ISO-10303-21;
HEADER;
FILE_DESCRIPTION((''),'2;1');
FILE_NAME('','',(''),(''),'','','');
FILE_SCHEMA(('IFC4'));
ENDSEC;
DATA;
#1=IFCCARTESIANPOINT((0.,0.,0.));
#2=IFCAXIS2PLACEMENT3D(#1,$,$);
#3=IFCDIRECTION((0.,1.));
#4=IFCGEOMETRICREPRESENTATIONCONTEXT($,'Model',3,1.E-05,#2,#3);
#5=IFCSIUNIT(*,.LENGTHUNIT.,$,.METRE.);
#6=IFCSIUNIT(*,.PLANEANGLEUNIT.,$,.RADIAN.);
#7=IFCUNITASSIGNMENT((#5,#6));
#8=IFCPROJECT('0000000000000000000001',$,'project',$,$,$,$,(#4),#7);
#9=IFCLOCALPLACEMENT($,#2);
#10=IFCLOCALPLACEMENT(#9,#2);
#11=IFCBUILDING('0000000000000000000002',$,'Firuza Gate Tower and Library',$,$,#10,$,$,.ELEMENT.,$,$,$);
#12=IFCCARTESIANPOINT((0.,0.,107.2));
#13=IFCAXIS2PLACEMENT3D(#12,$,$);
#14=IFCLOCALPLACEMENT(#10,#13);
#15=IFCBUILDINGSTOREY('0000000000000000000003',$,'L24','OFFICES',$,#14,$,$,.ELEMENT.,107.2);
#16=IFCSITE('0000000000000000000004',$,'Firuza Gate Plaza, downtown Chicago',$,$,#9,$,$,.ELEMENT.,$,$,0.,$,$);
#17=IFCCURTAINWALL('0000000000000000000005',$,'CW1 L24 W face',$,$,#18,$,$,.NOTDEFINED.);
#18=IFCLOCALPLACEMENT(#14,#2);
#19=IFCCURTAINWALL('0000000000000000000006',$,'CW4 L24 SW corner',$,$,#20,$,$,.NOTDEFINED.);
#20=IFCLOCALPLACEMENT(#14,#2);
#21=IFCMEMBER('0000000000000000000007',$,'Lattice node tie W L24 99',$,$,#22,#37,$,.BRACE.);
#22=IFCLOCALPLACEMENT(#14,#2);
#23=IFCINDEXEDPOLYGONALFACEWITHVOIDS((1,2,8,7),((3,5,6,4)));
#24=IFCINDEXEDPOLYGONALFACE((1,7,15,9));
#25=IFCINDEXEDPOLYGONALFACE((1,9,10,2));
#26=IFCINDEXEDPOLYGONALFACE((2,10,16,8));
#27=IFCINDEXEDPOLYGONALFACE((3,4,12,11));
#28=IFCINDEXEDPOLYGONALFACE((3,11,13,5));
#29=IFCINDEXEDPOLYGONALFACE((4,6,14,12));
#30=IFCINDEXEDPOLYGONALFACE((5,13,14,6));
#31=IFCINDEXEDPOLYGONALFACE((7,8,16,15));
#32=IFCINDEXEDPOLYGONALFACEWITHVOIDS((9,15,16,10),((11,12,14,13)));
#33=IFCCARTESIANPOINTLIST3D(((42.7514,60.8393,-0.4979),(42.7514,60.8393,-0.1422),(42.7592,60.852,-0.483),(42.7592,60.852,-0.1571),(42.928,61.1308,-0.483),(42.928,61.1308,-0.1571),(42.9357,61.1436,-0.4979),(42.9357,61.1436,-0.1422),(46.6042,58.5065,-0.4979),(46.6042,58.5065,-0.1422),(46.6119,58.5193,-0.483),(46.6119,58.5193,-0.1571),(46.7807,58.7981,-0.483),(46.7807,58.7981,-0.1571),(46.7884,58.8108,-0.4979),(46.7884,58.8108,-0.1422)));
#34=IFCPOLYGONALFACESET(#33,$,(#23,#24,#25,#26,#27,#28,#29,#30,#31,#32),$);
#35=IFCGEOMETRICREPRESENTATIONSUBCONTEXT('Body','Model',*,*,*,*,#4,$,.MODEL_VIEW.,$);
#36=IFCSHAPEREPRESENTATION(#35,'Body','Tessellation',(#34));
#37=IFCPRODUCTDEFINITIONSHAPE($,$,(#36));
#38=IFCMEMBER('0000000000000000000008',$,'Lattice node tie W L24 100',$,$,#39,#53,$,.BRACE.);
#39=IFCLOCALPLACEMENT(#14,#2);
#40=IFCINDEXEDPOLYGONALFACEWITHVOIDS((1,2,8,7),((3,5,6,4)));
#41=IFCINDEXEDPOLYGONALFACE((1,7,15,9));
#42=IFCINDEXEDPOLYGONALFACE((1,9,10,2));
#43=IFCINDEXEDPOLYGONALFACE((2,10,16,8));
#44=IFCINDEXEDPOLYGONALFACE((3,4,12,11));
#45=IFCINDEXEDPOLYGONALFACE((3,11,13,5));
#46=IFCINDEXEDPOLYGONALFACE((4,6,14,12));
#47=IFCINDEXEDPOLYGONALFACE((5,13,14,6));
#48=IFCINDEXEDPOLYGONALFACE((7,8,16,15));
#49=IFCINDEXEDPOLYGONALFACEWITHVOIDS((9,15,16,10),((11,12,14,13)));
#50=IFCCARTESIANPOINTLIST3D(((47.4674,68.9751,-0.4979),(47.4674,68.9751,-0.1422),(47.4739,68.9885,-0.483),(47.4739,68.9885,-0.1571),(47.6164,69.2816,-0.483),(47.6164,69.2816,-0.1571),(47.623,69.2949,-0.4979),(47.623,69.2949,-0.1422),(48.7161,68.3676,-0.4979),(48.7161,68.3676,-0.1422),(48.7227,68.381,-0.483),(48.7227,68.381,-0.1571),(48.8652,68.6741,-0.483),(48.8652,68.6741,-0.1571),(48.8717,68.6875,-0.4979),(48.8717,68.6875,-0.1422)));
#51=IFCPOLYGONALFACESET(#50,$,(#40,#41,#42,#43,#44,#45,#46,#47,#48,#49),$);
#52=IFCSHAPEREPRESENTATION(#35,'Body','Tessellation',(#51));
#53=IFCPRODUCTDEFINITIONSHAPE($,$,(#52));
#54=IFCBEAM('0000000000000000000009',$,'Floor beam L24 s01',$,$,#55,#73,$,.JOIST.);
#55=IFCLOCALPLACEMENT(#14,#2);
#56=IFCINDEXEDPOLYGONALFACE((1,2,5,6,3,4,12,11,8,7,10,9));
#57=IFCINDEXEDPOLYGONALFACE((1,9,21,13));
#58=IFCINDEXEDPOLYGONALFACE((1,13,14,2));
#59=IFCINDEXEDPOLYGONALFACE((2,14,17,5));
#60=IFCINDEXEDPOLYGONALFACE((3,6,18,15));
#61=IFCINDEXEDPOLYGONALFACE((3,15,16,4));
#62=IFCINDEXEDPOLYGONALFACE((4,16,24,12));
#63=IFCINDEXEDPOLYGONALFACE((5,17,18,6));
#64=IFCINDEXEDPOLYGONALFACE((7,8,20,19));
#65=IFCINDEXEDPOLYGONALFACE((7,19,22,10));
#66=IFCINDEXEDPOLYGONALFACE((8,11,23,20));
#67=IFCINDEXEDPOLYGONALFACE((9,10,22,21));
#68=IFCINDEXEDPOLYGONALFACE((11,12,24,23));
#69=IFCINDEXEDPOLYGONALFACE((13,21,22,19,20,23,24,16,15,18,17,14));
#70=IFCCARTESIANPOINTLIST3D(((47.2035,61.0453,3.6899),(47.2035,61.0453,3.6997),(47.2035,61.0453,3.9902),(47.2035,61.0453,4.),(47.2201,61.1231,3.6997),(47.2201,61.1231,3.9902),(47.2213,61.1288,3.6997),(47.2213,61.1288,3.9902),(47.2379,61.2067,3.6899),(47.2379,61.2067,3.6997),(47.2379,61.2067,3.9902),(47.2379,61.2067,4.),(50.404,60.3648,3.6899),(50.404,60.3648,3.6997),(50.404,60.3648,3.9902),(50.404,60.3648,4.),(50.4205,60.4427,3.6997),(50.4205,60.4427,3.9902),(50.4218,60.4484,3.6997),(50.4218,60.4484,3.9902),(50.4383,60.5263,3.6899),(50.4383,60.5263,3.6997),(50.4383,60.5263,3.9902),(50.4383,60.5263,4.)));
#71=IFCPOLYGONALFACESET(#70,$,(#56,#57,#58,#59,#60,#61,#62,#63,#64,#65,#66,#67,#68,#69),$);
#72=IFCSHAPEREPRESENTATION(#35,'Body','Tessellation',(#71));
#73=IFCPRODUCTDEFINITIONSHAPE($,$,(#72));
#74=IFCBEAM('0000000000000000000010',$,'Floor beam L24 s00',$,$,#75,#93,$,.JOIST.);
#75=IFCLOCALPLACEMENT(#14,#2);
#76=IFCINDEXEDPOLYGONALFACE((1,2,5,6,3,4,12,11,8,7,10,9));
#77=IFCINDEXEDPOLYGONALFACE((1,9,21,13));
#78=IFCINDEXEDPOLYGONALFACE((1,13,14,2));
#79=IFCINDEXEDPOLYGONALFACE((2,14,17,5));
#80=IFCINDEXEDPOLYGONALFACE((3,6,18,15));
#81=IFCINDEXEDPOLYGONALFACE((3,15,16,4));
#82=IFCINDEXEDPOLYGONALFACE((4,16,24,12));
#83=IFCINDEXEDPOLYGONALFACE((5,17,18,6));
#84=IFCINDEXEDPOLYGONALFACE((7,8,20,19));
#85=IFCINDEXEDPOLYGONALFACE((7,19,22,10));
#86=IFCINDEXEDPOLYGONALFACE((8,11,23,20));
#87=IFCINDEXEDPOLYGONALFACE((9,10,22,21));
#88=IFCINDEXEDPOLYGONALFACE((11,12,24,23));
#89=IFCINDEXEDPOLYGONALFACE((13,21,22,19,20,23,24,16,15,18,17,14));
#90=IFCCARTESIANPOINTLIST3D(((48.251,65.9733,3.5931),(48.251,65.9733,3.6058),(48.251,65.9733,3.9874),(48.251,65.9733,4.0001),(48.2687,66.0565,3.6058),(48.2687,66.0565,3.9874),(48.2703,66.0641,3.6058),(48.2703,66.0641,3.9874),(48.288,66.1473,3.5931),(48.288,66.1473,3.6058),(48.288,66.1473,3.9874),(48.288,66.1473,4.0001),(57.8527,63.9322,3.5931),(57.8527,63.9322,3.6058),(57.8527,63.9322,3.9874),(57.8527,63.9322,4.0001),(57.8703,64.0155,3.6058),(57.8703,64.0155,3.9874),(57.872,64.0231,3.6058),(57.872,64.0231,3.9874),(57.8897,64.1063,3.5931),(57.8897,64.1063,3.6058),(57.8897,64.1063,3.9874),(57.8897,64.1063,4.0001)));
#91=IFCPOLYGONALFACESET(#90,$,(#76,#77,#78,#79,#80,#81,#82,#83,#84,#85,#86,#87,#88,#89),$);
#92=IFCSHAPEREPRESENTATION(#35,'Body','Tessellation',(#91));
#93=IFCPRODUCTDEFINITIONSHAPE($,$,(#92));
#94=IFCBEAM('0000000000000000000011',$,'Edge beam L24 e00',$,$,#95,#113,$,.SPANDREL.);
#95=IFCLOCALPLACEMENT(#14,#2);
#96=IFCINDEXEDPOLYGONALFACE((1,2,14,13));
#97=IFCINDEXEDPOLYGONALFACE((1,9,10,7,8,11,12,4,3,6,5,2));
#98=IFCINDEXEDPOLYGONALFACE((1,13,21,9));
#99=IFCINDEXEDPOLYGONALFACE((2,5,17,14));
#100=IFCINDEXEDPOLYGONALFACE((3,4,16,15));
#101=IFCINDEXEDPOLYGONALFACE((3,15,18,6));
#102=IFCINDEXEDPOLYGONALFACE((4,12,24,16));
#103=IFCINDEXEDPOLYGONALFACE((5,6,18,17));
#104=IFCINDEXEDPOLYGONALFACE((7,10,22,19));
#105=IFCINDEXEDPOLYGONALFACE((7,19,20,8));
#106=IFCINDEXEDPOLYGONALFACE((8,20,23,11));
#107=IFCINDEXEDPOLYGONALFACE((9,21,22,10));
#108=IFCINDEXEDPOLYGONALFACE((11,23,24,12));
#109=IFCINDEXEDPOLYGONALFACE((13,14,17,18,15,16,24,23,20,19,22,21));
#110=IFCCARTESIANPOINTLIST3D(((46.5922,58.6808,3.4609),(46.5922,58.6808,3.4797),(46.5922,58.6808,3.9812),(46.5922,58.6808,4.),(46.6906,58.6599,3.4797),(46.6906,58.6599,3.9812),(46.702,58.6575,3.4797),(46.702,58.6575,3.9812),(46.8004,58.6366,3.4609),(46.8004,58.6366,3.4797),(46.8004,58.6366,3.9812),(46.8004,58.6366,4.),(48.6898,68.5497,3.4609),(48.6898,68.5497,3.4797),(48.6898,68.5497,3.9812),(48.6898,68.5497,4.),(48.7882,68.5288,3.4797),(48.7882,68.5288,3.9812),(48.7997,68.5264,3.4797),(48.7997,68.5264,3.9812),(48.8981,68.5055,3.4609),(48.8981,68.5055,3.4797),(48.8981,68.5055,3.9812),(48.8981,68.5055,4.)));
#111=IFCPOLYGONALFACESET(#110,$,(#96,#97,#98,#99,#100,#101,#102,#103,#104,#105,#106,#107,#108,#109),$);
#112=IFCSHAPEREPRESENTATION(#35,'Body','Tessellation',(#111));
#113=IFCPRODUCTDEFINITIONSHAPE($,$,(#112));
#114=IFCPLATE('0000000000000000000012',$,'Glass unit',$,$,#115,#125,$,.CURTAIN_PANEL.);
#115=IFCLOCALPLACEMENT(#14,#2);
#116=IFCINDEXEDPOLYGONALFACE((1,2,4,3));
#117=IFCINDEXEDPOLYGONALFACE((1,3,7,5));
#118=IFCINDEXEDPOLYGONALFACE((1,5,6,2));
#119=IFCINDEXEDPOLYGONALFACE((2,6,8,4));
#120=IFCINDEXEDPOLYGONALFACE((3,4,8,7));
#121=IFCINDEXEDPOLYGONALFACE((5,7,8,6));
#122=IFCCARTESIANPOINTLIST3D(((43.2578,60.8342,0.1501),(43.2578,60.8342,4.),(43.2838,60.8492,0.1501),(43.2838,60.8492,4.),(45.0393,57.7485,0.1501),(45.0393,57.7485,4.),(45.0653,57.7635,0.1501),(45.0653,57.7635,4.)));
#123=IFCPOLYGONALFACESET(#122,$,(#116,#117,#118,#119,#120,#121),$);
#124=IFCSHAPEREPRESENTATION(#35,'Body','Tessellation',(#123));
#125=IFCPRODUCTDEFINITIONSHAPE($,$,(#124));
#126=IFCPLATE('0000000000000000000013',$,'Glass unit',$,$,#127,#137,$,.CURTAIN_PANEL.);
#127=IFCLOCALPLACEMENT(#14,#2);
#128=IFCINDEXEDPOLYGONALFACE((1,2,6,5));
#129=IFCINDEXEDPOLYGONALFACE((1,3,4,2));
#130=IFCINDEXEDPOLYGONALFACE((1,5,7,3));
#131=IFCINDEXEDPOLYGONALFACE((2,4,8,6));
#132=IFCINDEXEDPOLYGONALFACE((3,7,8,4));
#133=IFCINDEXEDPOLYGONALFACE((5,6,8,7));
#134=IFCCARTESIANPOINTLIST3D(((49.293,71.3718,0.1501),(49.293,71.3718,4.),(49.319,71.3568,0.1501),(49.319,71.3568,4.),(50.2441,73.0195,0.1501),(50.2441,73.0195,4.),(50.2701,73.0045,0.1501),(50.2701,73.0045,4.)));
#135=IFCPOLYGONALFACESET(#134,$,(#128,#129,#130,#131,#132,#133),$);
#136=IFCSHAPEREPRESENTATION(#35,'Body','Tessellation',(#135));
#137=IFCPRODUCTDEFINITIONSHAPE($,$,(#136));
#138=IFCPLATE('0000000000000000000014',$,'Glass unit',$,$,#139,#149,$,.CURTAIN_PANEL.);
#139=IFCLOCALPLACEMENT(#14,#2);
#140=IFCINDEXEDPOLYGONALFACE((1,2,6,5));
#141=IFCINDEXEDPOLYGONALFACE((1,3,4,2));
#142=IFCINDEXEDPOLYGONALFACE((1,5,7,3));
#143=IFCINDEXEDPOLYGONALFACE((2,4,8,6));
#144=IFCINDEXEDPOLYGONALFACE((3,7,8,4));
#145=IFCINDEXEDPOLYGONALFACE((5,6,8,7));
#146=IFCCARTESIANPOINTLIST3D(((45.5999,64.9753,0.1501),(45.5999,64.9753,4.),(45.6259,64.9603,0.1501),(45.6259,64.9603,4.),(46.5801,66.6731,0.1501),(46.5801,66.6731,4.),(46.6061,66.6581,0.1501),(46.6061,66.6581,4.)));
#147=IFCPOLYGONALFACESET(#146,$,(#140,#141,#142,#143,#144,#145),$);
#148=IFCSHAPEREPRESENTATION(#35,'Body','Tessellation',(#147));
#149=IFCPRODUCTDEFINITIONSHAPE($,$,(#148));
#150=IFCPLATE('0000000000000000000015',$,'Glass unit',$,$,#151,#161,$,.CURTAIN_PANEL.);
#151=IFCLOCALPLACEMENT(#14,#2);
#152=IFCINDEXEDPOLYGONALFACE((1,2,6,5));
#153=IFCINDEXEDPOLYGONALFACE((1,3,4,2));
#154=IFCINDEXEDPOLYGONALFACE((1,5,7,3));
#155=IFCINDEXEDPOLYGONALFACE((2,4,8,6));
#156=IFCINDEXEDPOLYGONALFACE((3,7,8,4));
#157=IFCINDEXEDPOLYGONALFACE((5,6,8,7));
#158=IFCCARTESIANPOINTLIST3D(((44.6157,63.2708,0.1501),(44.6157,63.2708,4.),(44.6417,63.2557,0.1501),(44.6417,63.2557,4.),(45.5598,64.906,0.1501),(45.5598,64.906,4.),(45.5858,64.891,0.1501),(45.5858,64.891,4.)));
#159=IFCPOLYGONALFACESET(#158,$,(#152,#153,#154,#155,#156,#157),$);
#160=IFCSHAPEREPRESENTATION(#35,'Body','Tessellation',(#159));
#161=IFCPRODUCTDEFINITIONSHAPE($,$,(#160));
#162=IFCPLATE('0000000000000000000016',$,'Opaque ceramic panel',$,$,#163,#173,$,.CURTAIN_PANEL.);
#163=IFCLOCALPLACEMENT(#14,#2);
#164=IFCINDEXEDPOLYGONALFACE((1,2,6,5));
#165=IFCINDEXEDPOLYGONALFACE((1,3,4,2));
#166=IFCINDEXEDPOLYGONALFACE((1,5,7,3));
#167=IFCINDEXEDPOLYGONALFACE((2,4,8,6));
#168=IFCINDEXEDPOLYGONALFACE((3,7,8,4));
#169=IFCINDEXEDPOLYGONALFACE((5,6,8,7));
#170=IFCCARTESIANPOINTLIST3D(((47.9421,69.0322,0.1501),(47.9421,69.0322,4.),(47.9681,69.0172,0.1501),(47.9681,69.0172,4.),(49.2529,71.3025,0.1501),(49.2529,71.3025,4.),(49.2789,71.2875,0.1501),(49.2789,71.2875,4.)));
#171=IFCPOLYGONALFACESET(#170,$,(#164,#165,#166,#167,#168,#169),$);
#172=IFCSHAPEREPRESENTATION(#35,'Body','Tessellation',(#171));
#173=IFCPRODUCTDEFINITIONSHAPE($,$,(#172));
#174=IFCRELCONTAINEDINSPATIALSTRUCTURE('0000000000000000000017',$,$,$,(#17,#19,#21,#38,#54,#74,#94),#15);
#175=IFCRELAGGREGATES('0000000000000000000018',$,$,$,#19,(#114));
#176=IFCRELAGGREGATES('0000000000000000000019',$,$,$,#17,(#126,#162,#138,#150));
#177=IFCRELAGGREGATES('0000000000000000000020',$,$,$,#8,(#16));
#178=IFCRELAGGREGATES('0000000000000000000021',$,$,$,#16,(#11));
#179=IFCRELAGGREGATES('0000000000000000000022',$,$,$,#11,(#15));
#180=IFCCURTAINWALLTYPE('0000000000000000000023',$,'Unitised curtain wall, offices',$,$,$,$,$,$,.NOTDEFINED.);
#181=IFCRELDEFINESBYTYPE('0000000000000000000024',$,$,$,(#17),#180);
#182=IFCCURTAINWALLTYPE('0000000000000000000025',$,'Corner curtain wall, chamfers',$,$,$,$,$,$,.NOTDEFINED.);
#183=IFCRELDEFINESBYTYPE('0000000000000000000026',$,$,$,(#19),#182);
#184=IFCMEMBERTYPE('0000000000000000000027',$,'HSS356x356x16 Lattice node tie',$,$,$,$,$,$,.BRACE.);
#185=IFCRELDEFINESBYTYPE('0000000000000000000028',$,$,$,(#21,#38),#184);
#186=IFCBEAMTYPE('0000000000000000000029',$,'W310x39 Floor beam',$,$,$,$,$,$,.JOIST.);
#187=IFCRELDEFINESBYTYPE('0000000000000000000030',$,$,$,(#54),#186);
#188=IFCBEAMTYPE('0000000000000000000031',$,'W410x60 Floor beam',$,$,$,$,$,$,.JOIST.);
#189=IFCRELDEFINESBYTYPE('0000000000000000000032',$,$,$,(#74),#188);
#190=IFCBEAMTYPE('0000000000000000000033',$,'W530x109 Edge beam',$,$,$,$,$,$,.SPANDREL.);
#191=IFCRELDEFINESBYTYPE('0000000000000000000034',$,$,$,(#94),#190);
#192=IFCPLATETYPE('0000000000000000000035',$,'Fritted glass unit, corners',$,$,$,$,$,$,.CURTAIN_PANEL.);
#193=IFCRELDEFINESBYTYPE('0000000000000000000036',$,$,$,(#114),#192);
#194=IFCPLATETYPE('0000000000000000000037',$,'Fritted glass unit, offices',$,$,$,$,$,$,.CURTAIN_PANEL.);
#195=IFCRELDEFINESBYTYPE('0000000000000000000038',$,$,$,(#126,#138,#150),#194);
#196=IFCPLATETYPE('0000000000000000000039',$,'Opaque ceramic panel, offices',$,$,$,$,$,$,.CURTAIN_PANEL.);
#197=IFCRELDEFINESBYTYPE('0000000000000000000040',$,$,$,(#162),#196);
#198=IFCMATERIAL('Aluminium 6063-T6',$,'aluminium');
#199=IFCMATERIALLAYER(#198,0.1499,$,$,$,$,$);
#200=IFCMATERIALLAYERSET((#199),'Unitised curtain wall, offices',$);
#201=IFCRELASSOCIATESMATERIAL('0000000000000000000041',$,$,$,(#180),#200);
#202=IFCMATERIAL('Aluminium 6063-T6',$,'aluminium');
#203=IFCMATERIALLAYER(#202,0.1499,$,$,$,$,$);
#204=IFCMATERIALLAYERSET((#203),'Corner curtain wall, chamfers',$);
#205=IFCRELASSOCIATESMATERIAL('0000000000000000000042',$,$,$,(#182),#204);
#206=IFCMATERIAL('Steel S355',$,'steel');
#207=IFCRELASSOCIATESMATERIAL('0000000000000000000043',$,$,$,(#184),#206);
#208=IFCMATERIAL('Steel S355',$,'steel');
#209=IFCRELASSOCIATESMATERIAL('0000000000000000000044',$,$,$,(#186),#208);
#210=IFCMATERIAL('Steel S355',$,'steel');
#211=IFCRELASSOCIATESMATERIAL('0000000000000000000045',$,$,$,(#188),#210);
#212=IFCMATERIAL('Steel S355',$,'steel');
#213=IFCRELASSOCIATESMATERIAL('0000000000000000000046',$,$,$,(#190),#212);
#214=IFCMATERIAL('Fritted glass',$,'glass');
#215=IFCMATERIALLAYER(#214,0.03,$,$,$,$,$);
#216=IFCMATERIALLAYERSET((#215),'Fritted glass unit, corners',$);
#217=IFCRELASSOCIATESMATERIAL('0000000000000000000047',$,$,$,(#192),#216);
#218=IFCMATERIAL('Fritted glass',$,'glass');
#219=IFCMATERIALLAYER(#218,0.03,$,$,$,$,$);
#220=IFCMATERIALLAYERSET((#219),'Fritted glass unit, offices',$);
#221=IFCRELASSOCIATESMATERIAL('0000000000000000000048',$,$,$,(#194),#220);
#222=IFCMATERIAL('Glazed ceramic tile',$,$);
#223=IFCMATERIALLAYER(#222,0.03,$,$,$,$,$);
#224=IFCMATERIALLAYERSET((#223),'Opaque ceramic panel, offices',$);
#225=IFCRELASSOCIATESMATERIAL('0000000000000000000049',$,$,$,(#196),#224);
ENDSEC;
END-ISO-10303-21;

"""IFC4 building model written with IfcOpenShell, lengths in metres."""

from ifc_helpers import new_model, si_unit, direction, frame, origin, origin_2d, place, context, subcontext, project, spatial, polyline, hollow_rectangle, i_section, outline, extrude, material, layer, layer_set, material_profile, profile_set, type_object, element, aggregate, save


model = new_model("IFC4")

# Units and contexts
model_context = context("Model", 3, precision=1e-05, world=origin(), true_north=direction((0.0, 1.0)))
body_context = subcontext(model_context, "Body", "Model", "MODEL_VIEW")
ifc_project = project(units=[si_unit("LENGTHUNIT", "METRE"), si_unit("PLANEANGLEUNIT", "RADIAN")], contexts=[model_context])

# Site, building, storey
site_placement = place(None, origin())
site = spatial("IfcSite", under=ifc_project, at=site_placement, Name="Firuza Gate Plaza, downtown Chicago", CompositionType="ELEMENT", RefElevation=0.0)
building_placement = place(site_placement, origin())
building = spatial("IfcBuilding", under=site, at=building_placement, Name="Firuza Gate Tower and Library", CompositionType="ELEMENT")
storey_placement = place(building_placement, frame((0.0, 0.0, 107.2)))
storey = spatial("IfcBuildingStorey", under=building, at=storey_placement, Name="L24", Description="OFFICES", CompositionType="ELEMENT", Elevation=107.2)

# Curtain walls
ifc_material_1 = material(Name="Aluminium 6063-T6", Category="aluminium")
ifc_layer_1 = layer(ifc_material_1, 0.1499)
ifc_layer_set_1 = layer_set([ifc_layer_1], Name="Unitised curtain wall, offices")
curtain_wall_type_1 = type_object("IfcCurtainWallType", Name="Unitised curtain wall, offices", PredefinedType="NOTDEFINED", material=ifc_layer_set_1)
placement = place(storey_placement, origin())
curtain_wall_1 = element("IfcCurtainWall", 1, at=placement, inside=storey, type_object=curtain_wall_type_1, Name="CW1 L24 W face", PredefinedType="NOTDEFINED")
ifc_material_2 = material(Name="Aluminium 6063-T6", Category="aluminium")
ifc_layer_2 = layer(ifc_material_2, 0.1499)
ifc_layer_set_2 = layer_set([ifc_layer_2], Name="Corner curtain wall, chamfers")
curtain_wall_type_2 = type_object("IfcCurtainWallType", Name="Corner curtain wall, chamfers", PredefinedType="NOTDEFINED", material=ifc_layer_set_2)
curtain_wall_2 = element("IfcCurtainWall", 2, at=placement, inside=storey, type_object=curtain_wall_type_2, Name="CW4 L24 SW corner", PredefinedType="NOTDEFINED")

# Members
ifc_material_3 = material(Name="Steel S355", Category="steel")
ifc_material_profile_1 = material_profile(ifc_material_3, hollow_rectangle(XDim=0.3557, YDim=0.3557, WallThickness=0.0149, at=origin_2d()))
ifc_profile_set_1 = profile_set([ifc_material_profile_1], Name="Steel S355")
member_type_1 = type_object("IfcMemberType", Name="HSS356x356x16 Lattice node tie", PredefinedType="BRACE", material=ifc_profile_set_1)
member_1_placement = place(storey_placement, frame((46.6963, 58.6587, -0.3201), z_axis=(-0.85542, 0.517935, 0.0), x_axis=(-0.517935, -0.85542, 0.0)))
element("IfcMember", 3, at=member_1_placement, inside=storey, type_object=member_type_1, Name="Lattice node tie W L24 99", PredefinedType="BRACE", context=body_context, shape_type="SweptSolid", body=[
    extrude(hollow_rectangle(XDim=0.3557, YDim=0.3557, WallThickness=0.0149, at=origin_2d()), origin(), (0.0, 0.0, 1.0), 4.5039),
])
member_2_placement = place(storey_placement, frame((48.7939, 68.5276, -0.3201), z_axis=(-0.899261, 0.437412, 0.0), x_axis=(-0.437412, -0.899261, 0.0)))
element("IfcMember", 4, at=member_2_placement, inside=storey, type_object=member_type_1, Name="Lattice node tie W L24 100", PredefinedType="BRACE", context=body_context, shape_type="SweptSolid", body=[
    extrude(hollow_rectangle(XDim=0.3557, YDim=0.3557, WallThickness=0.0149, at=origin_2d()), origin(), (0.0, 0.0, 1.0), 1.3887),
])

# Beams
ifc_material_4 = material(Name="Steel S355", Category="steel")
ifc_material_profile_2 = material_profile(ifc_material_4, i_section(OverallWidth=0.165, OverallDepth=0.3101, WebThickness=0.0059, FlangeThickness=0.0098, at=origin_2d()))
ifc_profile_set_2 = profile_set([ifc_material_profile_2], Name="Steel S355")
beam_type_1 = type_object("IfcBeamType", Name="W310x39 Floor beam", PredefinedType="JOIST", material=ifc_profile_set_2)
beam_1_placement = place(storey_placement, frame((47.2207, 61.126, 3.845), z_axis=(0.978139, -0.207954, 0.0), x_axis=(0.207954, 0.978139, 0.0)))
element("IfcBeam", 5, at=beam_1_placement, inside=storey, type_object=beam_type_1, Name="Floor beam L24 s01", PredefinedType="JOIST", context=body_context, shape_type="SweptSolid", body=[
    extrude(i_section(OverallWidth=0.165, OverallDepth=0.3101, WebThickness=0.0059, FlangeThickness=0.0098, at=origin_2d()), origin(), (0.0, 0.0, 1.0), 3.272),
])
ifc_material_5 = material(Name="Steel S355", Category="steel")
ifc_material_profile_3 = material_profile(ifc_material_5, i_section(OverallWidth=0.178, OverallDepth=0.407, WebThickness=0.0078, FlangeThickness=0.0127, at=origin_2d()))
ifc_profile_set_3 = profile_set([ifc_material_profile_3], Name="Steel S355")
beam_type_2 = type_object("IfcBeamType", Name="W410x60 Floor beam", PredefinedType="JOIST", material=ifc_profile_set_3)
beam_2_placement = place(storey_placement, frame((48.2695, 66.0603, 3.7966), z_axis=(0.978145, -0.207925, 0.0), x_axis=(0.207925, 0.978145, 0.0)))
element("IfcBeam", 6, at=beam_2_placement, inside=storey, type_object=beam_type_2, Name="Floor beam L24 s00", PredefinedType="JOIST", context=body_context, shape_type="SweptSolid", body=[
    extrude(i_section(OverallWidth=0.178, OverallDepth=0.407, WebThickness=0.0078, FlangeThickness=0.0127, at=origin_2d()), origin(), (0.0, 0.0, 1.0), 9.8162),
])
ifc_material_6 = material(Name="Steel S355", Category="steel")
ifc_material_profile_4 = material_profile(ifc_material_6, i_section(OverallWidth=0.2129, OverallDepth=0.5391, WebThickness=0.0117, FlangeThickness=0.0188, at=origin_2d()))
ifc_profile_set_4 = profile_set([ifc_material_profile_4], Name="Steel S355")
beam_type_3 = type_object("IfcBeamType", Name="W530x109 Edge beam", PredefinedType="SPANDREL", material=ifc_profile_set_4)
beam_3_placement = place(storey_placement, frame((48.7939, 68.5276, 3.7305), z_axis=(-0.207908, -0.978148, 0.0), x_axis=(0.978148, -0.207908, 0.0)))
element("IfcBeam", 7, at=beam_3_placement, inside=storey, type_object=beam_type_3, Name="Edge beam L24 e00", PredefinedType="SPANDREL", context=body_context, shape_type="SweptSolid", body=[
    extrude(i_section(OverallWidth=0.2129, OverallDepth=0.5391, WebThickness=0.0117, FlangeThickness=0.0188, at=origin_2d()), origin(), (0.0, 0.0, 1.0), 10.0894),
])

# Plates
ifc_material_7 = material(Name="Fritted glass", Category="glass")
ifc_layer_3 = layer(ifc_material_7, 0.03)
ifc_layer_set_3 = layer_set([ifc_layer_3], Name="Fritted glass unit, corners")
plate_type_1 = type_object("IfcPlateType", Name="Fritted glass unit, corners", PredefinedType="CURTAIN_PANEL", material=ifc_layer_set_3)
plate_1_placement = place(storey_placement, frame((43.2578, 60.8342, 0.1501), z_axis=(-0.866029, -0.499993, 0.0), x_axis=(0.499993, -0.866029, 0.0)))
plate_1 = element("IfcPlate", 8, at=plate_1_placement, type_object=plate_type_1, Name="Glass unit", PredefinedType="CURTAIN_PANEL", context=body_context, shape_type="SweptSolid", body=[
    extrude(outline(polyline([(0.0, 0.0), (3.563, 0.0), (3.563, 3.8499), (0.0, 3.8499), (0.0, 0.0)])), origin(), (0.0, 0.0, -1.0), 0.03),
])
aggregate(curtain_wall_2, [plate_1])
ifc_material_8 = material(Name="Fritted glass", Category="glass")
ifc_layer_4 = layer(ifc_material_8, 0.03)
ifc_layer_set_4 = layer_set([ifc_layer_4], Name="Fritted glass unit, offices")
plate_type_2 = type_object("IfcPlateType", Name="Fritted glass unit, offices", PredefinedType="CURTAIN_PANEL", material=ifc_layer_set_4)
plate_2_placement = place(storey_placement, frame((50.2441, 73.0195, 0.1501), z_axis=(-0.866055, 0.499948, 0.0), x_axis=(-0.499948, -0.866055, 0.0)))
plate_2 = element("IfcPlate", 9, at=plate_2_placement, type_object=plate_type_2, Name="Glass unit", PredefinedType="CURTAIN_PANEL", context=body_context, shape_type="SweptSolid", body=[
    extrude(outline(polyline([(0.0, 0.0), (1.9025, 0.0), (1.9025, 3.8499), (0.0, 3.8499), (0.0, 0.0)])), origin(), (0.0, 0.0, -1.0), 0.03),
])
plate_3_placement = place(storey_placement, frame((46.5801, 66.6731, 0.1501), z_axis=(-0.86602, 0.50001, 0.0), x_axis=(-0.50001, -0.86602, 0.0)))
plate_3 = element("IfcPlate", 10, at=plate_3_placement, type_object=plate_type_2, Name="Glass unit", PredefinedType="CURTAIN_PANEL", context=body_context, shape_type="SweptSolid", body=[
    extrude(outline(polyline([(0.0, 0.0), (1.9604, 0.0), (1.9604, 3.8499), (0.0, 3.8499), (0.0, 0.0)])), origin(), (0.0, 0.0, -1.0), 0.03),
])
plate_4_placement = place(storey_placement, frame((45.5598, 64.906, 0.1501), z_axis=(-0.866031, 0.499991, 0.0), x_axis=(-0.499991, -0.866031, 0.0)))
plate_4 = element("IfcPlate", 11, at=plate_4_placement, type_object=plate_type_2, Name="Glass unit", PredefinedType="CURTAIN_PANEL", context=body_context, shape_type="SweptSolid", body=[
    extrude(outline(polyline([(0.0, 0.0), (1.8882, 0.0), (1.8882, 3.8499), (0.0, 3.8499), (0.0, 0.0)])), origin(), (0.0, 0.0, -1.0), 0.03),
])
ifc_material_9 = material(Name="Glazed ceramic tile")
ifc_layer_5 = layer(ifc_material_9, 0.03)
ifc_layer_set_5 = layer_set([ifc_layer_5], Name="Opaque ceramic panel, offices")
plate_type_3 = type_object("IfcPlateType", Name="Opaque ceramic panel, offices", PredefinedType="CURTAIN_PANEL", material=ifc_layer_set_5)
plate_5_placement = place(storey_placement, frame((49.2529, 71.3025, 0.1501), z_axis=(-0.866017, 0.500015, 0.0), x_axis=(-0.500015, -0.866017, 0.0)))
plate_5 = element("IfcPlate", 12, at=plate_5_placement, type_object=plate_type_3, Name="Opaque ceramic panel", PredefinedType="CURTAIN_PANEL", context=body_context, shape_type="SweptSolid", body=[
    extrude(outline(polyline([(0.0, 0.0), (2.6215, 0.0), (2.6215, 3.8499), (0.0, 3.8499), (0.0, 0.0)])), origin(), (0.0, 0.0, -1.0), 0.03),
])
aggregate(curtain_wall_1, [plate_2, plate_5, plate_3, plate_4])

save(model, "model.ifc")
